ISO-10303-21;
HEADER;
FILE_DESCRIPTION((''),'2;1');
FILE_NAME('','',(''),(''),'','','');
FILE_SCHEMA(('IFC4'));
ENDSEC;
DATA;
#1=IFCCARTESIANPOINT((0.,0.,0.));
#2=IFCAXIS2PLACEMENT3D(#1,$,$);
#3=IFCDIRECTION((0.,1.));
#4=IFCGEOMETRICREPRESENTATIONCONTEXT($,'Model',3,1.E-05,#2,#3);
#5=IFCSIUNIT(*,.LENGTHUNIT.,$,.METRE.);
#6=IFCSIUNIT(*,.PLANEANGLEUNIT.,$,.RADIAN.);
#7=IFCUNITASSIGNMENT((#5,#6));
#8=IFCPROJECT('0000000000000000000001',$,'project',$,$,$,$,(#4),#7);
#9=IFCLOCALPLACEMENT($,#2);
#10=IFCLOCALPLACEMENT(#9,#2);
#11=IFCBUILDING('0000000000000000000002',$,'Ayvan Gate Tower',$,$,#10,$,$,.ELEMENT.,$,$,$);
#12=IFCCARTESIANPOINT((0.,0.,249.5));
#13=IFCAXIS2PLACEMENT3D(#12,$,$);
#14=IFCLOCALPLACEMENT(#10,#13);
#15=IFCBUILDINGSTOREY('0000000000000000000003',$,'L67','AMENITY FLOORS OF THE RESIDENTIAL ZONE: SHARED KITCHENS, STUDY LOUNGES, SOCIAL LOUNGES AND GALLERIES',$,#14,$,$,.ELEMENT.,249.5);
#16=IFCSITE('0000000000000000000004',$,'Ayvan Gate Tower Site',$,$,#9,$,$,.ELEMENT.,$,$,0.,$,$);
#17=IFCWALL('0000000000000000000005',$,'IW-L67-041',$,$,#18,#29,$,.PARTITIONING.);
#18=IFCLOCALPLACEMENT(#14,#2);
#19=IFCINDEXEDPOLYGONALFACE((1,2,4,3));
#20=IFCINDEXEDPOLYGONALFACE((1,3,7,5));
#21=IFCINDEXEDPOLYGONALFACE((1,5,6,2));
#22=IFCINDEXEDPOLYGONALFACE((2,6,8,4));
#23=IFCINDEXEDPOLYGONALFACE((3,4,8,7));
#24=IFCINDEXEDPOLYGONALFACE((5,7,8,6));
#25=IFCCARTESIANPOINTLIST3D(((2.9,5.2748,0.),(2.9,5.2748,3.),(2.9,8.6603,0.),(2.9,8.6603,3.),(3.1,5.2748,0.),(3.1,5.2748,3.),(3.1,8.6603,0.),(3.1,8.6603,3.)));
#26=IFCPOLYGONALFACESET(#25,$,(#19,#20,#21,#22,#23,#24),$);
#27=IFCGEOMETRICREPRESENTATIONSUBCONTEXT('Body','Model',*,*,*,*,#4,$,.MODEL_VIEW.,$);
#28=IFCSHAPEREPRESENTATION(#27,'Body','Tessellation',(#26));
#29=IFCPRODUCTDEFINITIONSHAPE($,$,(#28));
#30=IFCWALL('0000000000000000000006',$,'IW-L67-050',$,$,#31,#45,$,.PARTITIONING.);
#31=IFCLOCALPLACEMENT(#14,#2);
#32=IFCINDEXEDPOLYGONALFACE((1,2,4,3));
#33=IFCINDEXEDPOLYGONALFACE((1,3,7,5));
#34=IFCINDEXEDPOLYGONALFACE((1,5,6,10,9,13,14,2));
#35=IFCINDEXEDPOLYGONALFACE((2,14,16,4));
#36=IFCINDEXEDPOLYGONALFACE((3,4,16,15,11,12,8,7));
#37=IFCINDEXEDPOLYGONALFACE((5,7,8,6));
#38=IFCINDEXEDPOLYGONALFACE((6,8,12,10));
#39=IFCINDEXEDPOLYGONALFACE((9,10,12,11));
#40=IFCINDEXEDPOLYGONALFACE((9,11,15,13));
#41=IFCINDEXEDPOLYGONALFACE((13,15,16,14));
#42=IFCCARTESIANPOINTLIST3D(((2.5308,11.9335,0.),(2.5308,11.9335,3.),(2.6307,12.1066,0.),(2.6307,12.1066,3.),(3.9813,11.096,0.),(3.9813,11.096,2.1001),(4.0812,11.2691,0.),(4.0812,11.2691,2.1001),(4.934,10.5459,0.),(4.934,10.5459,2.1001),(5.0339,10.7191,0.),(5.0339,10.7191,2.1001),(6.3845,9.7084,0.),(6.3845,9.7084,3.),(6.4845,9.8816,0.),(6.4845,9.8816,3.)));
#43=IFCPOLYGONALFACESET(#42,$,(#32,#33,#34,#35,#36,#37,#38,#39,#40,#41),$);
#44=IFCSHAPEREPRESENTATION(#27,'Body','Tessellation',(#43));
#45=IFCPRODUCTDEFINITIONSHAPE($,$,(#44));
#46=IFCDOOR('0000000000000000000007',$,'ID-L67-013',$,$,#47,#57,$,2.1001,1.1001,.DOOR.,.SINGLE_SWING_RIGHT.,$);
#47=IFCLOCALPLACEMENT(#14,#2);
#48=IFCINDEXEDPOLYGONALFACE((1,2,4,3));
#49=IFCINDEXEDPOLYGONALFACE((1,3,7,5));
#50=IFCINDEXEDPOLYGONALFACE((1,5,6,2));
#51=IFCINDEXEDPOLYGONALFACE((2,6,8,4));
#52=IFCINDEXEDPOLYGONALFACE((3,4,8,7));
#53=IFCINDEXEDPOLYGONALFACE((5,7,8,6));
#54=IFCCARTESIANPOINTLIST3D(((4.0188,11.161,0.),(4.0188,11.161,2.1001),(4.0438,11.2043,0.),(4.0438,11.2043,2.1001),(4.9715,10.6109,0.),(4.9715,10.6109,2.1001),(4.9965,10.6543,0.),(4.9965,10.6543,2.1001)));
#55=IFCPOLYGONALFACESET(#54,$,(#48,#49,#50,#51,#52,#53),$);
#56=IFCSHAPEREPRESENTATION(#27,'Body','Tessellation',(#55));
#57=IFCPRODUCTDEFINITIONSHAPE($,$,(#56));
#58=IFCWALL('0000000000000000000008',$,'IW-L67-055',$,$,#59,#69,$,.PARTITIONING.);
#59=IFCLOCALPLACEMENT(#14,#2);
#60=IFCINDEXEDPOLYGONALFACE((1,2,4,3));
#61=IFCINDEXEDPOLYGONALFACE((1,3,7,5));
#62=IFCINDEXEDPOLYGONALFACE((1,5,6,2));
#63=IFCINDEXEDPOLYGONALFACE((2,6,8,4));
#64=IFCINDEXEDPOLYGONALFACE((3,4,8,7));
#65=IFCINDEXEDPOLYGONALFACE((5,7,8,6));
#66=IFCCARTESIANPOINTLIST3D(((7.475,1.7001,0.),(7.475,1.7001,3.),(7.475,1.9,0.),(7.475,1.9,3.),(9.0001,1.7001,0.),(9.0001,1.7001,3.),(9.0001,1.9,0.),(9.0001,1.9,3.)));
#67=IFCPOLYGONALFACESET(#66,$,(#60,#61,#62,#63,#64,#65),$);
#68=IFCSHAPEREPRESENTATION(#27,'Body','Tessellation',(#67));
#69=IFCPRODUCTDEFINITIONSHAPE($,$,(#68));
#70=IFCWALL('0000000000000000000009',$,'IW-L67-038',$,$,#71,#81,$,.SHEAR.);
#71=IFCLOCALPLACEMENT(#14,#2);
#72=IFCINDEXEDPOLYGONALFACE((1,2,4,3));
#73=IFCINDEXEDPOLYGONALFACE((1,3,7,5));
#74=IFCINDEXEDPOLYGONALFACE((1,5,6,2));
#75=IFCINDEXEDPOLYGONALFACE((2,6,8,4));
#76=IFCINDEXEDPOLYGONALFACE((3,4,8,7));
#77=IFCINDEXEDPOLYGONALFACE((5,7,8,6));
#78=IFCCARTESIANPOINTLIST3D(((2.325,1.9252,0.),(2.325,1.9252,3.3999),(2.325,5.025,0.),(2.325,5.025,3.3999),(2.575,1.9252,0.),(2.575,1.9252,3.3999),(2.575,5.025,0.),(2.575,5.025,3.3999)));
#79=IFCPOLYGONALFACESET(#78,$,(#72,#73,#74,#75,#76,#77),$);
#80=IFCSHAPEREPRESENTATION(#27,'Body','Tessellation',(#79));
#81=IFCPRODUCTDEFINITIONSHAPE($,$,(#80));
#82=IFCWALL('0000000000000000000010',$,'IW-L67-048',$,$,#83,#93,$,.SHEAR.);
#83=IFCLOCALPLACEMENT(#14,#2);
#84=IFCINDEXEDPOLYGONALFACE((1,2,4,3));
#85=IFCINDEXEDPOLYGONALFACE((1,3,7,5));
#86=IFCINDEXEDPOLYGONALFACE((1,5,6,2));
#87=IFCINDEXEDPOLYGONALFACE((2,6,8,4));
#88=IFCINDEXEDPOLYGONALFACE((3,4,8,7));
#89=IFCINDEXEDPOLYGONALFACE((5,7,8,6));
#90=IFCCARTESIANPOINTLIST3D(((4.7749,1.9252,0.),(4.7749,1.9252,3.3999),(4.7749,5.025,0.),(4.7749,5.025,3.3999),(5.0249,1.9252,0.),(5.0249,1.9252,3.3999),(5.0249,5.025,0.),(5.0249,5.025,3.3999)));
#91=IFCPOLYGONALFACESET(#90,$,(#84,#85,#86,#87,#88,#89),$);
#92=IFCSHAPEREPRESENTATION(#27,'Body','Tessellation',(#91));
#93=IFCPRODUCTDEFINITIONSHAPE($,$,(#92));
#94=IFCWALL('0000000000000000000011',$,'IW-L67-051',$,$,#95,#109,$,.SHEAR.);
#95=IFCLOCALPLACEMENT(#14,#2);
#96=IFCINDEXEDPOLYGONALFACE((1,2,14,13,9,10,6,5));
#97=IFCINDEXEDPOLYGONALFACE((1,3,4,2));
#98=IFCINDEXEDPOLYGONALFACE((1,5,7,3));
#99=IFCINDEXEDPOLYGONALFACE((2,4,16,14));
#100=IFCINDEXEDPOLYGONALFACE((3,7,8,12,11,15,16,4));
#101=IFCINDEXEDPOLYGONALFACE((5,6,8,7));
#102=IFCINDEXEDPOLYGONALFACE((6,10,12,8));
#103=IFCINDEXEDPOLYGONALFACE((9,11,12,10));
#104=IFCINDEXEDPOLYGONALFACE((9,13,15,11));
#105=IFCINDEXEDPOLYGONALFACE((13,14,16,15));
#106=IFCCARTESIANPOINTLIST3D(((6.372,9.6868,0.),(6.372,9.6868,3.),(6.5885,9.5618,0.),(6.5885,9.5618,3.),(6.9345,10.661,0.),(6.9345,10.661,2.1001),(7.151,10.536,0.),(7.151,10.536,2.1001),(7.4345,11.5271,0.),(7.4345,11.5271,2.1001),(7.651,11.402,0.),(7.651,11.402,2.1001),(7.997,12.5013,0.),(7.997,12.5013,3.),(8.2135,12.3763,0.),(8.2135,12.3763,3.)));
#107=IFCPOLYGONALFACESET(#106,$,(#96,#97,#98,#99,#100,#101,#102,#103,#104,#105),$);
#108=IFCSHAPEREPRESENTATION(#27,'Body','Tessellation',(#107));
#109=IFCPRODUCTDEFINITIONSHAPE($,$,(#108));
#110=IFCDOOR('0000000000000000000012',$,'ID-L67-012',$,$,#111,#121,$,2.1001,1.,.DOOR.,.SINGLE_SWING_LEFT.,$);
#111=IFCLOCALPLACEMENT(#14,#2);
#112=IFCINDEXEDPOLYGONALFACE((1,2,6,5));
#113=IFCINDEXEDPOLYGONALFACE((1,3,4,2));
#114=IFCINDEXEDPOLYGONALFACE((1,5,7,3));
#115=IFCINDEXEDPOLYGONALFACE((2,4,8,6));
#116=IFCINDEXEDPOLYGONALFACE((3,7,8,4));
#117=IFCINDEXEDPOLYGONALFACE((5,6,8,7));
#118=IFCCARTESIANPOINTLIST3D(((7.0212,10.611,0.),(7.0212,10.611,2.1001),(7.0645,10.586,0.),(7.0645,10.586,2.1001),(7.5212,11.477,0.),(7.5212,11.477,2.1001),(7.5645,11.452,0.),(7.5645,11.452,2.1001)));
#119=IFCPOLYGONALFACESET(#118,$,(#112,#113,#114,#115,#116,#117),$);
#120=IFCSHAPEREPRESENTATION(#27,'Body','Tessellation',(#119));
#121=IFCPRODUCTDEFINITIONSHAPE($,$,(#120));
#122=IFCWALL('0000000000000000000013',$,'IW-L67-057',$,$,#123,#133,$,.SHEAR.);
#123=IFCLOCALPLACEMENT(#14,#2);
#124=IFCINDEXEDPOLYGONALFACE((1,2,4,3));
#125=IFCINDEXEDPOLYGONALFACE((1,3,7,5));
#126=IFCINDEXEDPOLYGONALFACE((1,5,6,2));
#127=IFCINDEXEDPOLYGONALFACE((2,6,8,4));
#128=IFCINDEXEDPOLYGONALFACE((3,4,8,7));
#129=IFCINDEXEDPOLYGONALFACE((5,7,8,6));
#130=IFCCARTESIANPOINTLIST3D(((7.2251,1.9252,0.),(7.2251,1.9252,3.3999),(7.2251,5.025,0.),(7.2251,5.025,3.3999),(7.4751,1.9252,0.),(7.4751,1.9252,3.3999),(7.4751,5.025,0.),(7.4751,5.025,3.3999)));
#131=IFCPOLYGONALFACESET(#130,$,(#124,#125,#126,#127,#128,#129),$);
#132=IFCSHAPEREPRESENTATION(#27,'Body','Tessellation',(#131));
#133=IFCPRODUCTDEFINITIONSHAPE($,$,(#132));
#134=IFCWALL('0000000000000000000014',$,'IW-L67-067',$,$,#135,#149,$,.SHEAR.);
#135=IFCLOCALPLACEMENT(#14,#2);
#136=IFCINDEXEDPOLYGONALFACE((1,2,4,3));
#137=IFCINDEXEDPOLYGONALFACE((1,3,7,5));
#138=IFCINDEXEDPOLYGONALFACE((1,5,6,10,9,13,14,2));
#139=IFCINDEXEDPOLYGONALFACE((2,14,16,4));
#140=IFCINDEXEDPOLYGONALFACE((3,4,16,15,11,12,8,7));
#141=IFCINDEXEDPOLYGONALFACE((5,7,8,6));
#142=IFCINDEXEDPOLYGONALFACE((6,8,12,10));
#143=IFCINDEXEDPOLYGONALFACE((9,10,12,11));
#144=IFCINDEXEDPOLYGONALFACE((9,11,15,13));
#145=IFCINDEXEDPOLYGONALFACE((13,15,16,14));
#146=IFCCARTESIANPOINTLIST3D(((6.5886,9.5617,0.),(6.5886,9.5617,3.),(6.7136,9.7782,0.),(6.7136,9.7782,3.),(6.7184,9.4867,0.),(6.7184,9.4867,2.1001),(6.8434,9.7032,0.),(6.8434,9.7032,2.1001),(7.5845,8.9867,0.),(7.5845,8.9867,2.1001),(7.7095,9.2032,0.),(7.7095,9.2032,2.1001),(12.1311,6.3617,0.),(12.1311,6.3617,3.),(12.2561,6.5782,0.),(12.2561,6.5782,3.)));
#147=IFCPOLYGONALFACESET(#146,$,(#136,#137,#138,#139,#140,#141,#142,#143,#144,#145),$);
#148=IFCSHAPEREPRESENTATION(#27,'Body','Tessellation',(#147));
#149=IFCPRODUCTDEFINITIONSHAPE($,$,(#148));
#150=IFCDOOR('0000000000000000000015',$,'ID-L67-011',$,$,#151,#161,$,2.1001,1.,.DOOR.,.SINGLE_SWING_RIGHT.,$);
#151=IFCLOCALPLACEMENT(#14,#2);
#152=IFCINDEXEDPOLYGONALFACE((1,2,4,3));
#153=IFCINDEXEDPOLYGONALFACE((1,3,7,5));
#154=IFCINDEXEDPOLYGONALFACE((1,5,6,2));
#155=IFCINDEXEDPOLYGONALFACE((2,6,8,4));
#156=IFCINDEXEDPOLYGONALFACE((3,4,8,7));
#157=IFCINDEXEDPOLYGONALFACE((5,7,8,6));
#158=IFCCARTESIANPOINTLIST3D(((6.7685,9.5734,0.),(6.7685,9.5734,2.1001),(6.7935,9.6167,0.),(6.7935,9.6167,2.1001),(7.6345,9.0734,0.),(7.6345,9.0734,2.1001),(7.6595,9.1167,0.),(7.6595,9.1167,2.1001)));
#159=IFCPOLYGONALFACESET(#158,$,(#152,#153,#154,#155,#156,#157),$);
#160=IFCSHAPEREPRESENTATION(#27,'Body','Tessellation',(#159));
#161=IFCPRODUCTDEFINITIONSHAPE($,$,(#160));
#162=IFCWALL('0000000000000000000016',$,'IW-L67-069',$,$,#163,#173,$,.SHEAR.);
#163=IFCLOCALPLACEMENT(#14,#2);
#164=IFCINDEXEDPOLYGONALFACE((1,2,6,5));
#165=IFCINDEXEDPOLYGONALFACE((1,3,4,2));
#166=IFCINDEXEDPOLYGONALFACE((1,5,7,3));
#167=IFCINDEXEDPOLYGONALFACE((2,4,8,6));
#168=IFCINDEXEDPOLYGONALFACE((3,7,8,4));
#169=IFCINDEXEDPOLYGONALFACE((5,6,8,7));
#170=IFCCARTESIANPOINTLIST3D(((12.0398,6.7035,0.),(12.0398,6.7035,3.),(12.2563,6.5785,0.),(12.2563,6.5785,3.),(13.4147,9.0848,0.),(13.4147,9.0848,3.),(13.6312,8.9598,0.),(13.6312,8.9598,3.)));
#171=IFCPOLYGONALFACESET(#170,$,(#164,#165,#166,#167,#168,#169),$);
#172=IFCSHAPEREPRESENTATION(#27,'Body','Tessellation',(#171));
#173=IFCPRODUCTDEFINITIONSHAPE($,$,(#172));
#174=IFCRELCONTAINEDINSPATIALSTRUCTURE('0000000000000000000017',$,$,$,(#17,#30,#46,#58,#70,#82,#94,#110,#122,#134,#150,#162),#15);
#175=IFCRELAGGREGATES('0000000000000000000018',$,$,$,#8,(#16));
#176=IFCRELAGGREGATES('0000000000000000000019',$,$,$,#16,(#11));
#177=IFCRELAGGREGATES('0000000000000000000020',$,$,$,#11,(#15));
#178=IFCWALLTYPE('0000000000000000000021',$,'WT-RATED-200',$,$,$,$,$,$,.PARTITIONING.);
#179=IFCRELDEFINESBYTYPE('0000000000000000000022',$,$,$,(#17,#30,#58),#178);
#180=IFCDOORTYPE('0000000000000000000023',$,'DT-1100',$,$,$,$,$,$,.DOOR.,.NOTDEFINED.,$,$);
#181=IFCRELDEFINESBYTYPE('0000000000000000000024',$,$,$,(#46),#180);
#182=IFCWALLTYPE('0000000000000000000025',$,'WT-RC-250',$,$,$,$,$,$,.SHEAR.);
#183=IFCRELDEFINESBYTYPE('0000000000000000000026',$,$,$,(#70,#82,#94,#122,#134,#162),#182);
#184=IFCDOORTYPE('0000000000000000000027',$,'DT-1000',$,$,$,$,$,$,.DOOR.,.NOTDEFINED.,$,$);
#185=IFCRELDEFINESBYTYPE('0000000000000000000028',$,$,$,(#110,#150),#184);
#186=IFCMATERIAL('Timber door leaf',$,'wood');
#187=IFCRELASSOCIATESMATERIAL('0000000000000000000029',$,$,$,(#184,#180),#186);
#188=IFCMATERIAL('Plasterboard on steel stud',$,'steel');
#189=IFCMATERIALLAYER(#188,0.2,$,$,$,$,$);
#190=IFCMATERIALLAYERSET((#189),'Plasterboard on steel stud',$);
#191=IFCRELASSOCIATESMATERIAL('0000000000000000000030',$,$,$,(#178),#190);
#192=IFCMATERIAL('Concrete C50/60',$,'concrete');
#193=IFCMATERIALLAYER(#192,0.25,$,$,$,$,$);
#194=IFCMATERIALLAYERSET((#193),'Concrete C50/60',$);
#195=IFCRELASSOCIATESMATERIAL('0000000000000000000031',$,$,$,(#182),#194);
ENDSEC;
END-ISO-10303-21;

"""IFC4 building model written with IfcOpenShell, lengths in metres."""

from ifc_helpers import new_model, si_unit, direction, frame, frame_2d, origin, place, context, subcontext, project, spatial, rectangle, extrude, material, layer, layer_set, type_object, element, fill, save


model = new_model("IFC4")

# Units and contexts
model_context = context("Model", 3, precision=1e-05, world=origin(), true_north=direction((0.0, 1.0)))
body_context = subcontext(model_context, "Body", "Model", "MODEL_VIEW")
ifc_project = project(units=[si_unit("LENGTHUNIT", "METRE"), si_unit("PLANEANGLEUNIT", "RADIAN")], contexts=[model_context])

# Site, building, storey
site_placement = place(None, origin())
site = spatial("IfcSite", under=ifc_project, at=site_placement, Name="Ayvan Gate Tower Site", CompositionType="ELEMENT", RefElevation=0.0)
building_placement = place(site_placement, origin())
building = spatial("IfcBuilding", under=site, at=building_placement, Name="Ayvan Gate Tower", CompositionType="ELEMENT")
storey_placement = place(building_placement, frame((0.0, 0.0, 249.5)))
storey = spatial("IfcBuildingStorey", under=building, at=storey_placement, Name="L67", Description="AMENITY FLOORS OF THE RESIDENTIAL ZONE: SHARED KITCHENS, STUDY LOUNGES, SOCIAL LOUNGES AND GALLERIES", CompositionType="ELEMENT", Elevation=249.5)

# Shared definitions
ifc_material_1 = material(Name="Concrete C50/60", Category="concrete")

# Shared definitions
ifc_material_2 = material(Name="Timber door leaf", Category="wood")

# Shared definitions
ifc_material_3 = material(Name="Plasterboard on steel stud", Category="steel")
door_type_1 = type_object("IfcDoorType", Name="DT-1000", OperationType="NOTDEFINED", PredefinedType="DOOR", material=ifc_material_2)

# Wall
ifc_layer_1 = layer(ifc_material_3, 0.2)
ifc_layer_set_1 = layer_set([ifc_layer_1], Name="Plasterboard on steel stud")
wall_type_1 = type_object("IfcWallType", Name="WT-RATED-200", PredefinedType="PARTITIONING", material=ifc_layer_set_1)
wall_1_placement = place(storey_placement, frame((3.0, 8.6604, 0.0), z_axis=(0.0, 0.0, 1.0), x_axis=(0.0, -1.0, 0.0)))
element("IfcWall", 1, at=wall_1_placement, inside=storey, type_object=wall_type_1, Name="IW-L67-041", PredefinedType="PARTITIONING", context=body_context, shape_type="SweptSolid", body=[
    extrude(rectangle(XDim=3.3855, YDim=0.2, at=frame_2d((1.6929, 0.0))), origin(), (0.0, 0.0, 1.0), 3.0),
])

# Wall, opening, door
wall_2_placement = place(storey_placement, frame((6.4346, 9.7949, 0.0), z_axis=(0.0, 0.0, 1.0), x_axis=(-0.866013, 0.500022, 0.0)))
wall_2 = element("IfcWall", 2, at=wall_2_placement, inside=storey, type_object=wall_type_1, Name="IW-L67-050", PredefinedType="PARTITIONING", context=body_context, shape_type="SweptSolid", body=[
    extrude(rectangle(XDim=4.45, YDim=0.2, at=frame_2d((2.2251, 0.0))), origin(), (0.0, 0.0, 1.0), 3.0),
])
opening_1_placement = place(wall_2_placement, frame((1.675, 0.0, 0.0)))
opening_1 = element("IfcOpeningElement", 3, at=opening_1_placement, cuts=wall_2, PredefinedType="OPENING", context=body_context, shape_type="SweptSolid", body=[
    extrude(rectangle(XDim=1.1001, YDim=2.1001, at=frame_2d((0.55, 1.05))), frame((0.0, 0.1099, 0.0), z_axis=(0.0, -1.0, 0.0), x_axis=(1.0, 0.0, 0.0)), (0.0, 0.0, 1.0), 0.22),
])
door_type_2 = type_object("IfcDoorType", Name="DT-1100", OperationType="NOTDEFINED", PredefinedType="DOOR", material=ifc_material_2)
door_1_placement = place(opening_1_placement, origin())
door_1 = element("IfcDoor", 4, at=door_1_placement, inside=storey, type_object=door_type_2, Name="ID-L67-013", OperationType="SINGLE_SWING_RIGHT", OverallHeight=2.1001, OverallWidth=1.1001, PredefinedType="DOOR", context=body_context, shape_type="SweptSolid", body=[
    extrude(rectangle(XDim=1.1001, YDim=2.1001, at=frame_2d((0.55, 1.05))), frame((0.0, 0.0249, 0.0), z_axis=(0.0, -1.0, 0.0), x_axis=(1.0, 0.0, 0.0)), (0.0, 0.0, 1.0), 0.05),
])
fill(opening_1, door_1)

# Walls
wall_3_placement = place(storey_placement, frame((7.4749, 1.8, 0.0), z_axis=(0.0, 0.0, 1.0), x_axis=(1.0, 0.0, 0.0)))
element("IfcWall", 5, at=wall_3_placement, inside=storey, type_object=wall_type_1, Name="IW-L67-055", PredefinedType="PARTITIONING", context=body_context, shape_type="SweptSolid", body=[
    extrude(rectangle(XDim=1.5251, YDim=0.2, at=frame_2d((0.7627, 0.0))), origin(), (0.0, 0.0, 1.0), 3.0),
])
ifc_layer_2 = layer(ifc_material_1, 0.25)
ifc_layer_set_2 = layer_set([ifc_layer_2], Name="Concrete C50/60")
wall_type_2 = type_object("IfcWallType", Name="WT-RC-250", PredefinedType="SHEAR", material=ifc_layer_set_2)
for number, where, z_axis, x_axis, name in (
    (6, (2.45, 5.0249, 0.0), (0.0, 0.0, 1.0), (0.0, -1.0, 0.0), "IW-L67-038"),
    (7, (4.8999, 5.0249, 0.0), (0.0, 0.0, 1.0), (0.0, -1.0, 0.0), "IW-L67-048"),
):
    element("IfcWall", number, at=place(storey_placement, frame(where, z_axis=z_axis, x_axis=x_axis)), inside=storey, type_object=wall_type_2, Name=name, PredefinedType="SHEAR", context=body_context, shape_type="SweptSolid", body=[
        extrude(rectangle(XDim=3.0999, YDim=0.25, at=frame_2d((1.5498, 0.0))), origin(), (0.0, 0.0, 1.0), 3.3999),
    ])

# Wall, opening, door
wall_4_placement = place(storey_placement, frame((6.4802, 9.6243, 0.0), z_axis=(0.0, 0.0, 1.0), x_axis=(0.500017, 0.866015, 0.0)))
wall_4 = element("IfcWall", 8, at=wall_4_placement, inside=storey, type_object=wall_type_2, Name="IW-L67-051", PredefinedType="SHEAR", context=body_context, shape_type="SweptSolid", body=[
    extrude(rectangle(XDim=3.25, YDim=0.25, at=frame_2d((1.625, 0.0))), origin(), (0.0, 0.0, 1.0), 3.0),
])
opening_2_placement = place(wall_4_placement, frame((1.125, 0.0, 0.0)))
opening_2 = element("IfcOpeningElement", 9, at=opening_2_placement, cuts=wall_4, PredefinedType="OPENING", context=body_context, shape_type="SweptSolid", body=[
    extrude(rectangle(XDim=1.0, YDim=2.1001, at=frame_2d((0.5, 1.05))), frame((0.0, 0.135, 0.0), z_axis=(0.0, -1.0, 0.0), x_axis=(1.0, 0.0, 0.0)), (0.0, 0.0, 1.0), 0.27),
])
door_2_placement = place(opening_2_placement, origin())
door_2 = element("IfcDoor", 10, at=door_2_placement, inside=storey, type_object=door_type_1, Name="ID-L67-012", OperationType="SINGLE_SWING_LEFT", OverallHeight=2.1001, OverallWidth=1.0, PredefinedType="DOOR", context=body_context, shape_type="SweptSolid", body=[
    extrude(rectangle(XDim=1.0, YDim=2.1001, at=frame_2d((0.5, 1.05))), frame((0.0, 0.0249, 0.0), z_axis=(0.0, -1.0, 0.0), x_axis=(1.0, 0.0, 0.0)), (0.0, 0.0, 1.0), 0.05),
])
fill(opening_2, door_2)

# Wall
wall_5_placement = place(storey_placement, frame((7.3501, 5.0249, 0.0), z_axis=(0.0, 0.0, 1.0), x_axis=(0.0, -1.0, 0.0)))
element("IfcWall", 11, at=wall_5_placement, inside=storey, type_object=wall_type_2, Name="IW-L67-057", PredefinedType="SHEAR", context=body_context, shape_type="SweptSolid", body=[
    extrude(rectangle(XDim=3.0999, YDim=0.25, at=frame_2d((1.5498, 0.0))), origin(), (0.0, 0.0, 1.0), 3.3999),
])

# Wall, opening, door
wall_6_placement = place(storey_placement, frame((12.1936, 6.47, 0.0), z_axis=(0.0, 0.0, 1.0), x_axis=(-0.866025, 0.5, 0.0)))
wall_6 = element("IfcWall", 12, at=wall_6_placement, inside=storey, type_object=wall_type_2, Name="IW-L67-067", PredefinedType="SHEAR", context=body_context, shape_type="SweptSolid", body=[
    extrude(rectangle(XDim=6.3999, YDim=0.25, at=frame_2d((3.2, 0.0))), origin(), (0.0, 0.0, 1.0), 3.0),
])
opening_3_placement = place(wall_6_placement, frame((5.25, 0.0, 0.0)))
opening_3 = element("IfcOpeningElement", 13, at=opening_3_placement, cuts=wall_6, PredefinedType="OPENING", context=body_context, shape_type="SweptSolid", body=[
    extrude(rectangle(XDim=1.0, YDim=2.1001, at=frame_2d((0.5, 1.05))), frame((0.0, 0.135, 0.0), z_axis=(0.0, -1.0, 0.0), x_axis=(1.0, 0.0, 0.0)), (0.0, 0.0, 1.0), 0.27),
])
door_3_placement = place(opening_3_placement, origin())
door_3 = element("IfcDoor", 14, at=door_3_placement, inside=storey, type_object=door_type_1, Name="ID-L67-011", OperationType="SINGLE_SWING_RIGHT", OverallHeight=2.1001, OverallWidth=1.0, PredefinedType="DOOR", context=body_context, shape_type="SweptSolid", body=[
    extrude(rectangle(XDim=1.0, YDim=2.1001, at=frame_2d((0.5, 1.05))), frame((0.0, 0.0249, 0.0), z_axis=(0.0, -1.0, 0.0), x_axis=(1.0, 0.0, 0.0)), (0.0, 0.0, 1.0), 0.05),
])
fill(opening_3, door_3)

# Wall
wall_7_placement = place(storey_placement, frame((12.1479, 6.6409, 0.0), z_axis=(0.0, 0.0, 1.0), x_axis=(0.500035, 0.866005, 0.0)))
element("IfcWall", 15, at=wall_7_placement, inside=storey, type_object=wall_type_2, Name="IW-L67-069", PredefinedType="SHEAR", context=body_context, shape_type="SweptSolid", body=[
    extrude(rectangle(XDim=2.7498, YDim=0.25, at=frame_2d((1.375, 0.0))), origin(), (0.0, 0.0, 1.0), 3.0),
])

save(model, "model.ifc")
